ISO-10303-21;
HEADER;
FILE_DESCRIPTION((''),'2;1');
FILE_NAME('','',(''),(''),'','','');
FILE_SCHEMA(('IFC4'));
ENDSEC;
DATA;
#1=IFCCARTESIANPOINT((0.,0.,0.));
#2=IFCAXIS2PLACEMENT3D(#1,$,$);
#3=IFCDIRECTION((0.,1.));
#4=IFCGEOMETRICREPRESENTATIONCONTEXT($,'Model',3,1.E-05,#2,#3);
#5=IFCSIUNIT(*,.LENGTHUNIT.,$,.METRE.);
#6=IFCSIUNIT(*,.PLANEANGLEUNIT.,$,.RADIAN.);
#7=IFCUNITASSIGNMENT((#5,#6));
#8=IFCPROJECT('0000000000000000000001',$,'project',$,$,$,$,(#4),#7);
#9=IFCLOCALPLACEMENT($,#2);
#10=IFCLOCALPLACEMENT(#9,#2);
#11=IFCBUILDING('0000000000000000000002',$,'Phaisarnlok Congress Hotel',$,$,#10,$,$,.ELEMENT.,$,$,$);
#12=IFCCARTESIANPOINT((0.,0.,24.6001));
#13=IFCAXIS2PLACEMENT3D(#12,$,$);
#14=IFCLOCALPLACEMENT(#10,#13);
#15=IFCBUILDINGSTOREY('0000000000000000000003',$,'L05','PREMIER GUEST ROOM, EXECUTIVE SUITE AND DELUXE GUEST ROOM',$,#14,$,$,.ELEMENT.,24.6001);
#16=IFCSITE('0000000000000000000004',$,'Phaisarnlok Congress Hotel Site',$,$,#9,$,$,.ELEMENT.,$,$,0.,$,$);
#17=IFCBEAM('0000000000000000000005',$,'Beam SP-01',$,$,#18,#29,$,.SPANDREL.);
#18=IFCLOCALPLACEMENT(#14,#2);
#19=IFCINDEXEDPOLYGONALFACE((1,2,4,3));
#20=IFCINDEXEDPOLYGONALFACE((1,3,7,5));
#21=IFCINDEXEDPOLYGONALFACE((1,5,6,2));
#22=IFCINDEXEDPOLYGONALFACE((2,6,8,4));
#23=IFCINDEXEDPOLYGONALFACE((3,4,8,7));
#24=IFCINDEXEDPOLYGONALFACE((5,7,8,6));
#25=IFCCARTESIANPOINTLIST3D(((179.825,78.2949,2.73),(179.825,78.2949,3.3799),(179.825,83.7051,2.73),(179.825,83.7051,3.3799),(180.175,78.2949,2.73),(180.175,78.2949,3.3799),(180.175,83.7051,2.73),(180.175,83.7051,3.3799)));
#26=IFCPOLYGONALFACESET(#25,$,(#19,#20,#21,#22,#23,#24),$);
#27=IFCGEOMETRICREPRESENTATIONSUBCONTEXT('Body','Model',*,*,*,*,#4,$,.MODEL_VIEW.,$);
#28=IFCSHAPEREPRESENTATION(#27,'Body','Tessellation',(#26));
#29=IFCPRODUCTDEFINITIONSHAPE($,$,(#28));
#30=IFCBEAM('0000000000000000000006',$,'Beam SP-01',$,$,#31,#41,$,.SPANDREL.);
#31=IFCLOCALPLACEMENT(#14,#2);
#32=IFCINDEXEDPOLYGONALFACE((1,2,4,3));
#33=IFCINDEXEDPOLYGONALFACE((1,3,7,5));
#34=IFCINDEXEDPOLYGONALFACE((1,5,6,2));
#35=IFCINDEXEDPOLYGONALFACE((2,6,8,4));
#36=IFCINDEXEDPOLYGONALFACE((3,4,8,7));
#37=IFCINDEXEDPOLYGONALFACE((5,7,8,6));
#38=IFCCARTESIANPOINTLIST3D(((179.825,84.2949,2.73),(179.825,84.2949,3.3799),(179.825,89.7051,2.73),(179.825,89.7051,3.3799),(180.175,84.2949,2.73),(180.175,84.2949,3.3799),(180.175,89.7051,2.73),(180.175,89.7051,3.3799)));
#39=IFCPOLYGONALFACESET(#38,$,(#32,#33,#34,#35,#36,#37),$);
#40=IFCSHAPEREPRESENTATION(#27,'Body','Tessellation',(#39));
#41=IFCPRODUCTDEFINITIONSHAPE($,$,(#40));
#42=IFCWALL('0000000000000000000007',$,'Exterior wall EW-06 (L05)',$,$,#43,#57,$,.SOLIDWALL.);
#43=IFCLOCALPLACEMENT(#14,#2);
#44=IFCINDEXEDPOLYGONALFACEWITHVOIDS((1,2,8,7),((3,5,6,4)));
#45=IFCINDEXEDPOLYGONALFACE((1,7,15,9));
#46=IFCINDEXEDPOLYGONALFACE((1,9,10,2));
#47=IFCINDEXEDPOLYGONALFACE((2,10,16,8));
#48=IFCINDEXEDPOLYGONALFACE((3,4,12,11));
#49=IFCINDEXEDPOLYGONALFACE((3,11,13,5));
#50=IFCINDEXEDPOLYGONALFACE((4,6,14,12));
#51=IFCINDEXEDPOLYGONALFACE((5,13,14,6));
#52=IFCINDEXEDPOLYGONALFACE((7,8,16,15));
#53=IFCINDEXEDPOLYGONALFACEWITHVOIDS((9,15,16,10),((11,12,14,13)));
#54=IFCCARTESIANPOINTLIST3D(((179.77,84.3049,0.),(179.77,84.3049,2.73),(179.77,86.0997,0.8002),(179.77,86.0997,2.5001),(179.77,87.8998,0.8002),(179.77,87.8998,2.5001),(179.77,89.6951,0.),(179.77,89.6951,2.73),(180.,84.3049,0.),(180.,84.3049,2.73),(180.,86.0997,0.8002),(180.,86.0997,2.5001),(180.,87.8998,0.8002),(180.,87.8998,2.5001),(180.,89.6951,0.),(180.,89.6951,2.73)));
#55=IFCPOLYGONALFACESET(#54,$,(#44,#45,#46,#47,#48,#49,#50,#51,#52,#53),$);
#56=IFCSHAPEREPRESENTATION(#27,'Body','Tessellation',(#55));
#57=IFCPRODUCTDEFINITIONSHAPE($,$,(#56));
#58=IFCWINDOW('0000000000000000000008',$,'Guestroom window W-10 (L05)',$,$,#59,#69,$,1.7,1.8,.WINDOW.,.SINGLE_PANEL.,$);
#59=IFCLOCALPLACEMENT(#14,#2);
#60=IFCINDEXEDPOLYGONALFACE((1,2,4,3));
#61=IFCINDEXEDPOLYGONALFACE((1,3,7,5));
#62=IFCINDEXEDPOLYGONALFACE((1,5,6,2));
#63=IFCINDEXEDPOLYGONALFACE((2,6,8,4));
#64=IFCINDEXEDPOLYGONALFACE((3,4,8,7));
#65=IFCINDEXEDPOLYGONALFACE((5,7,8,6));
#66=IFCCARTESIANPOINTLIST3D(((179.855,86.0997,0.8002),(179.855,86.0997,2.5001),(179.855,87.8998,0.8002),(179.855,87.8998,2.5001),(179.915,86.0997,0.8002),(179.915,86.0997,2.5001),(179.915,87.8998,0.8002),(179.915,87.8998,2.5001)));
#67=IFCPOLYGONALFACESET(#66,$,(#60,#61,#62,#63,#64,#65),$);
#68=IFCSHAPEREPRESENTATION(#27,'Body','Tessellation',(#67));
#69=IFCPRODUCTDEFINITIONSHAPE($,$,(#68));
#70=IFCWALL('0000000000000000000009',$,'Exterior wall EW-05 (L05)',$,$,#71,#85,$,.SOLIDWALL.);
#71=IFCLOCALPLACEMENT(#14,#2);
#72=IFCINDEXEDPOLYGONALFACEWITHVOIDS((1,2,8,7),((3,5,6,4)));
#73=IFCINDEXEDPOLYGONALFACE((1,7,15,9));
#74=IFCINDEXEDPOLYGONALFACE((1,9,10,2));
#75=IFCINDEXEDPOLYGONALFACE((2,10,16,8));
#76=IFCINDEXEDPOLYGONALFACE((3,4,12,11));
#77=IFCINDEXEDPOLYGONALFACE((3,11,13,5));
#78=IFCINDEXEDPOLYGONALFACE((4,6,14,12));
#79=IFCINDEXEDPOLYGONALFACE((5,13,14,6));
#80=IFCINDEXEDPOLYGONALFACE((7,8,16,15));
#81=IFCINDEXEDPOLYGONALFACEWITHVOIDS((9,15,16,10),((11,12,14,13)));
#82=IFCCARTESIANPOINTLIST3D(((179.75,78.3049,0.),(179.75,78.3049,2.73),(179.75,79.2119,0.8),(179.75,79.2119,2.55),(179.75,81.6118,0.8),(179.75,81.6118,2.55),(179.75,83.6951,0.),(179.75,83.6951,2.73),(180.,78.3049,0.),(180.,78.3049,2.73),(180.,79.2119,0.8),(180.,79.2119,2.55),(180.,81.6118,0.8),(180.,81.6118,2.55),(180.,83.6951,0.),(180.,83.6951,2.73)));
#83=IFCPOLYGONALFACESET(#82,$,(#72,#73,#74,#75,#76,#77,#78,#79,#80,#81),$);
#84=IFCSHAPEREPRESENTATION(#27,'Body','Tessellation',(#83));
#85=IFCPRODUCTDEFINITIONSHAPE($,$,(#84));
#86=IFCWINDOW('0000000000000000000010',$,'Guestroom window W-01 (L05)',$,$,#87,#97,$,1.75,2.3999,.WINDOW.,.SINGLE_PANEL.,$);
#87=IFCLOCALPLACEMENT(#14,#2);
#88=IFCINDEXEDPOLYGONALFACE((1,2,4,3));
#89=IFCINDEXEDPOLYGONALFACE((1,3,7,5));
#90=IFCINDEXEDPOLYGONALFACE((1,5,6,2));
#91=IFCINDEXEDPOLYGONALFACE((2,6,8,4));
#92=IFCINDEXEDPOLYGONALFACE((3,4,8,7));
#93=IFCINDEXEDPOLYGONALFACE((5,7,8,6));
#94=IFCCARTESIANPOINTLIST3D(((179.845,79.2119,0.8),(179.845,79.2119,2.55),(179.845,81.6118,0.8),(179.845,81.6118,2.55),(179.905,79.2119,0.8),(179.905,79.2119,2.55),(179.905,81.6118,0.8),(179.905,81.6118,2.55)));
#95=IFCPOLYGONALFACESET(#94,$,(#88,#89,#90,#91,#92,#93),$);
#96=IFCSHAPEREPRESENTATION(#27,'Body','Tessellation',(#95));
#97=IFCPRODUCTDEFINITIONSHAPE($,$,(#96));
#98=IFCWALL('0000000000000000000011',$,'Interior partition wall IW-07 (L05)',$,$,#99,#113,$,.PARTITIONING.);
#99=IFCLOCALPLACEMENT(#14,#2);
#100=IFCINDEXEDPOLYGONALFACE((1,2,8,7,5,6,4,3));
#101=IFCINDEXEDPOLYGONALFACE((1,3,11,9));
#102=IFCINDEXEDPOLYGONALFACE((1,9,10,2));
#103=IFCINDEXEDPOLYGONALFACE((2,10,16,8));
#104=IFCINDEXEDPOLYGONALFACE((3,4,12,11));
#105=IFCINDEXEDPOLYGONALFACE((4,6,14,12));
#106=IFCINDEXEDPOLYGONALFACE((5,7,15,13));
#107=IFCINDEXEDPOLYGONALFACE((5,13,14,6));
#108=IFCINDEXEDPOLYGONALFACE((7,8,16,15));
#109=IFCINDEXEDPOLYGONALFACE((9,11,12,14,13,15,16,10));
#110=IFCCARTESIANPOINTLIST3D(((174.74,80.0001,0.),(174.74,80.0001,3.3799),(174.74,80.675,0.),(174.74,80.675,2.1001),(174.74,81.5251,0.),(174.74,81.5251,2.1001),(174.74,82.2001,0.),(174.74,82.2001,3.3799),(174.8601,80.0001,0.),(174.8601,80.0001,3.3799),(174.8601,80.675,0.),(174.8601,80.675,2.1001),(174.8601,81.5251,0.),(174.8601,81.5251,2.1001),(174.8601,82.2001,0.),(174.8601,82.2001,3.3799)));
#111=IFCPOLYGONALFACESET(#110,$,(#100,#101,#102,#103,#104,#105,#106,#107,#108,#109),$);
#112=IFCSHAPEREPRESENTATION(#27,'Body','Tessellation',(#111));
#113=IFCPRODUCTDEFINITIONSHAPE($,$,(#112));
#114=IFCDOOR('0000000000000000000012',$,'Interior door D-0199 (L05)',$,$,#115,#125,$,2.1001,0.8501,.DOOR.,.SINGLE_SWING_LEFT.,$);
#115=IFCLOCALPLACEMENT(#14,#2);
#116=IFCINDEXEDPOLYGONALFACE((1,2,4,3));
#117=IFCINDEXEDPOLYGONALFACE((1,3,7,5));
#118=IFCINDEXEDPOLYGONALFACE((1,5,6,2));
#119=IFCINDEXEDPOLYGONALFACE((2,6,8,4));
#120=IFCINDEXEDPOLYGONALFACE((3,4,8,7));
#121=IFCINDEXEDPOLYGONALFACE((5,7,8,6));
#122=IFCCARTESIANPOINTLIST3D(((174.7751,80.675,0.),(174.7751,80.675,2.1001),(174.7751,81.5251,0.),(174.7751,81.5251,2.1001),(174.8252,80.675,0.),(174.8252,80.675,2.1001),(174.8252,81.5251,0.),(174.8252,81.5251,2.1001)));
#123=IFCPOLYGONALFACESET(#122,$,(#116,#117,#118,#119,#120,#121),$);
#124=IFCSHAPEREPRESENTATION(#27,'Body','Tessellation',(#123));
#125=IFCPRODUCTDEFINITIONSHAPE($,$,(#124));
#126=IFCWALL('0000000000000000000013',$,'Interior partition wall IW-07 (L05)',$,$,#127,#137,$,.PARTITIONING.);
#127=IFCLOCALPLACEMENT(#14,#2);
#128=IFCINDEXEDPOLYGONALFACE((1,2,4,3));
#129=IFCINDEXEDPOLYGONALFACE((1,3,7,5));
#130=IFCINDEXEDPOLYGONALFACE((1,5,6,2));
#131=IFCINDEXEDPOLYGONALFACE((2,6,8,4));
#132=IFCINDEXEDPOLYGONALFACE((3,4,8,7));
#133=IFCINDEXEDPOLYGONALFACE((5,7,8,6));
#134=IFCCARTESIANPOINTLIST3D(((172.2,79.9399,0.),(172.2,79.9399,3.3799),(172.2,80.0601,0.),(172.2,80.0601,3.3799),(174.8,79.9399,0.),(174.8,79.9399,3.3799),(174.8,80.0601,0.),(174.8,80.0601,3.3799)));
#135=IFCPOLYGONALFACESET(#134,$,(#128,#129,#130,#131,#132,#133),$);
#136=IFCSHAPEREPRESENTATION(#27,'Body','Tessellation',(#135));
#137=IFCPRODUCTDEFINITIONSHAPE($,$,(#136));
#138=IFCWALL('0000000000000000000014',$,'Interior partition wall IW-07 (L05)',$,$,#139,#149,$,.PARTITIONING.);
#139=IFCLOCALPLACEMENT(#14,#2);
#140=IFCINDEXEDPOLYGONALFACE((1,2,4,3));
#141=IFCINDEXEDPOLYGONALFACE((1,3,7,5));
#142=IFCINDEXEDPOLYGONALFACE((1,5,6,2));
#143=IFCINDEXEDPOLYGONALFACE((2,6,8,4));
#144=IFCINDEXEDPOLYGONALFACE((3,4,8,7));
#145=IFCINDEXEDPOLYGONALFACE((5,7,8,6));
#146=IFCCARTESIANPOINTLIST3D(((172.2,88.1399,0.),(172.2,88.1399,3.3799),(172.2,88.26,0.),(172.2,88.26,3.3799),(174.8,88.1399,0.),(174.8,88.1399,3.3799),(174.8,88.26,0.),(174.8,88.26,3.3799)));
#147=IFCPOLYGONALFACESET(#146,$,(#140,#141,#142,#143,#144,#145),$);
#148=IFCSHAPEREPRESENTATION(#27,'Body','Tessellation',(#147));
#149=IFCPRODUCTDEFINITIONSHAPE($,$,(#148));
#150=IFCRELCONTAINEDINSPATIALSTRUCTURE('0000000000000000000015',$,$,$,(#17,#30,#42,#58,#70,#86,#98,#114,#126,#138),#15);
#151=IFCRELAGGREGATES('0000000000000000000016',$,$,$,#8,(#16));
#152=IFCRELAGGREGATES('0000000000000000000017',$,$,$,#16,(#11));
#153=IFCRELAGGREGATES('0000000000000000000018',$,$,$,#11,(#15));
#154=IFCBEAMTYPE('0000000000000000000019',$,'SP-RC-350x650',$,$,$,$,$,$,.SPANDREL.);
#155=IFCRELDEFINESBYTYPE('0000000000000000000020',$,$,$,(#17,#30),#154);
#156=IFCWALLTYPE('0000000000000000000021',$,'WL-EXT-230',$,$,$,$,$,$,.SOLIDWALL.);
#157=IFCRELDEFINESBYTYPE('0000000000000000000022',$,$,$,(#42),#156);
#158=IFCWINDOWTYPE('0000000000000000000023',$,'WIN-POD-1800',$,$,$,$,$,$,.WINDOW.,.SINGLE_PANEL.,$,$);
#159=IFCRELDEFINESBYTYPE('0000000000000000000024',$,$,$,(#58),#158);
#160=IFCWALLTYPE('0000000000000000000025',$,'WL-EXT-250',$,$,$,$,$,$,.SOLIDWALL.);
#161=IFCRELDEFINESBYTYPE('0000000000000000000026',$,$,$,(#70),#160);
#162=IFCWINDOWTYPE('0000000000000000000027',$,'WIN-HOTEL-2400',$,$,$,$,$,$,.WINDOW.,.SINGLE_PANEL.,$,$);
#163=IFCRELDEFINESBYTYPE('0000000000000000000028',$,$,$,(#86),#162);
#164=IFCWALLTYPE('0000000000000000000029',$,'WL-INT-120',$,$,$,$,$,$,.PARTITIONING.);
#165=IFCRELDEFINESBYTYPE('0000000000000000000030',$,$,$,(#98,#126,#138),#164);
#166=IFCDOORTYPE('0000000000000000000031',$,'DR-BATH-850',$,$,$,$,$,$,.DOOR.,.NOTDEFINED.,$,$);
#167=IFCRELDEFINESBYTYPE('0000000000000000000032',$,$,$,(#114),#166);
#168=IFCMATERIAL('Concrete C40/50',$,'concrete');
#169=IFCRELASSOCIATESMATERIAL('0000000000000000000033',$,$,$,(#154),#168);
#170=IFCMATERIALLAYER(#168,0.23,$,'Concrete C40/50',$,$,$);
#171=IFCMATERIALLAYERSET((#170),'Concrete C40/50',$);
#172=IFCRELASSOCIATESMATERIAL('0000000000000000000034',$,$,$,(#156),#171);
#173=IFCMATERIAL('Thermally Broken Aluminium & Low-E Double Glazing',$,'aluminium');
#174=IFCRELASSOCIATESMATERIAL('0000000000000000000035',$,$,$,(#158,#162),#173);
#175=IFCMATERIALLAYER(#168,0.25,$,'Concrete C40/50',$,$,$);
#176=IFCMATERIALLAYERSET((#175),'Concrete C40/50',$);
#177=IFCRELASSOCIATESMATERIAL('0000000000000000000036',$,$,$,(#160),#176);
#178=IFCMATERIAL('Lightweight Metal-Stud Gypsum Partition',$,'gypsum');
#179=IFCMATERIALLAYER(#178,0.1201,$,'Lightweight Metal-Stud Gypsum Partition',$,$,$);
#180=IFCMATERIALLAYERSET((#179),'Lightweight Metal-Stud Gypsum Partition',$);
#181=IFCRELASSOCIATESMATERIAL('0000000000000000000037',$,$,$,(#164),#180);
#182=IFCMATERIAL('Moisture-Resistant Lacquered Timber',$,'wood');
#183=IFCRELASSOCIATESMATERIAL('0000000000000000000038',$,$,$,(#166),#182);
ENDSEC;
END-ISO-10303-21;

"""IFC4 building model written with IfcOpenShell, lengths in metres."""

from ifc_helpers import new_model, si_unit, direction, frame, frame_2d, origin, origin_2d, place, context, subcontext, project, spatial, rectangle, extrude, material, layer, layer_set, material_profile, profile_set, type_object, element, fill, save


model = new_model("IFC4")

# Units and contexts
model_context = context("Model", 3, precision=1e-05, world=origin(), true_north=direction((0.0, 1.0)))
body_context = subcontext(model_context, "Body", "Model", "MODEL_VIEW")
ifc_project = project(units=[si_unit("LENGTHUNIT", "METRE"), si_unit("PLANEANGLEUNIT", "RADIAN")], contexts=[model_context])

# Site, building, storey
site_placement = place(None, origin())
site = spatial("IfcSite", under=ifc_project, at=site_placement, Name="Phaisarnlok Congress Hotel Site", CompositionType="ELEMENT", RefElevation=0.0)
building_placement = place(site_placement, origin())
building = spatial("IfcBuilding", under=site, at=building_placement, Name="Phaisarnlok Congress Hotel", CompositionType="ELEMENT")
storey_placement = place(building_placement, frame((0.0, 0.0, 24.6001)))
storey = spatial("IfcBuildingStorey", under=building, at=storey_placement, Name="L05", Description="PREMIER GUEST ROOM, EXECUTIVE SUITE AND DELUXE GUEST ROOM", CompositionType="ELEMENT", Elevation=24.6001)

# Beams
ifc_material_1 = material(Name="Concrete C40/50", Category="concrete")
ifc_material_profile_1 = material_profile(ifc_material_1, rectangle(XDim=0.3501, YDim=0.6499, at=origin_2d()), Name="RC 350x650")
ifc_profile_set_1 = profile_set([ifc_material_profile_1], Name="Concrete C40/50")
beam_type_1 = type_object("IfcBeamType", Name="SP-RC-350x650", PredefinedType="SPANDREL", material=ifc_profile_set_1)
for number, where, z_axis, x_axis, name in (
    (1, (180.0, 78.2949, 3.0549), (0.0, 1.0, 0.0), (-1.0, 0.0, 0.0), "Beam SP-01"),
    (2, (180.0, 84.2949, 3.0549), (0.0, 1.0, 0.0), (-1.0, 0.0, 0.0), "Beam SP-01"),
):
    element("IfcBeam", number, at=place(storey_placement, frame(where, z_axis=z_axis, x_axis=x_axis)), inside=storey, type_object=beam_type_1, Name=name, PredefinedType="SPANDREL", context=body_context, shape_type="SweptSolid", body=[
        extrude(rectangle(XDim=0.3501, YDim=0.6499, at=origin_2d()), origin(), (0.0, 0.0, 1.0), 5.4102),
    ])

# Walls, openings, windows
ifc_layer_1 = layer(ifc_material_1, 0.23, Name="Concrete C40/50")
ifc_layer_set_1 = layer_set([ifc_layer_1], Name="Concrete C40/50")
wall_type_1 = type_object("IfcWallType", Name="WL-EXT-230", PredefinedType="SOLIDWALL", material=ifc_layer_set_1)
wall_1_placement = place(storey_placement, frame((179.885, 84.3049, 0.0), z_axis=(0.0, 0.0, 1.0), x_axis=(0.0, 1.0, 0.0)))
wall_1 = element("IfcWall", 3, at=wall_1_placement, inside=storey, type_object=wall_type_1, Name="Exterior wall EW-06 (L05)", PredefinedType="SOLIDWALL", context=body_context, shape_type="SweptSolid", body=[
    extrude(rectangle(XDim=5.3901, YDim=0.23, at=frame_2d((2.6951, 0.0))), origin(), (0.0, 0.0, 1.0), 2.73),
])
opening_1_placement = place(wall_1_placement, frame((1.7949, 0.0, 0.8)))
opening_1 = element("IfcOpeningElement", 4, at=opening_1_placement, cuts=wall_1, PredefinedType="OPENING", context=body_context, shape_type="SweptSolid", body=[
    extrude(rectangle(XDim=1.8, YDim=1.7, at=frame_2d((0.8999, 0.8501))), frame((0.0, 0.125, 0.0), z_axis=(0.0, -1.0, 0.0), x_axis=(1.0, 0.0, 0.0)), (0.0, 0.0, 1.0), 0.25),
])
ifc_material_2 = material(Name="Thermally Broken Aluminium & Low-E Double Glazing", Category="aluminium")
window_type_1 = type_object("IfcWindowType", Name="WIN-POD-1800", PartitioningType="SINGLE_PANEL", PredefinedType="WINDOW", material=ifc_material_2)
window_1_placement = place(opening_1_placement, origin())
window_1 = element("IfcWindow", 5, at=window_1_placement, inside=storey, type_object=window_type_1, Name="Guestroom window W-10 (L05)", OverallHeight=1.7, OverallWidth=1.8, PartitioningType="SINGLE_PANEL", PredefinedType="WINDOW", context=body_context, shape_type="SweptSolid", body=[
    extrude(rectangle(XDim=1.8, YDim=1.7, at=frame_2d((0.8999, 0.8501))), frame((0.0, 0.03, 0.0), z_axis=(0.0, -1.0, 0.0), x_axis=(1.0, 0.0, 0.0)), (0.0, 0.0, 1.0), 0.0601),
])
fill(opening_1, window_1)
ifc_layer_2 = layer(ifc_material_1, 0.25, Name="Concrete C40/50")
ifc_layer_set_2 = layer_set([ifc_layer_2], Name="Concrete C40/50")
wall_type_2 = type_object("IfcWallType", Name="WL-EXT-250", PredefinedType="SOLIDWALL", material=ifc_layer_set_2)
wall_2_placement = place(storey_placement, frame((179.875, 78.3049, 0.0), z_axis=(0.0, 0.0, 1.0), x_axis=(0.0, 1.0, 0.0)))
wall_2 = element("IfcWall", 6, at=wall_2_placement, inside=storey, type_object=wall_type_2, Name="Exterior wall EW-05 (L05)", PredefinedType="SOLIDWALL", context=body_context, shape_type="SweptSolid", body=[
    extrude(rectangle(XDim=5.3901, YDim=0.25, at=frame_2d((2.6951, 0.0))), origin(), (0.0, 0.0, 1.0), 2.73),
])
opening_2_placement = place(wall_2_placement, frame((0.907, 0.0, 0.8)))
opening_2 = element("IfcOpeningElement", 7, at=opening_2_placement, cuts=wall_2, PredefinedType="OPENING", context=body_context, shape_type="SweptSolid", body=[
    extrude(rectangle(XDim=2.3999, YDim=1.75, at=frame_2d((1.2, 0.875))), frame((0.0, 0.135, 0.0), z_axis=(0.0, -1.0, 0.0), x_axis=(1.0, 0.0, 0.0)), (0.0, 0.0, 1.0), 0.27),
])
window_type_2 = type_object("IfcWindowType", Name="WIN-HOTEL-2400", PartitioningType="SINGLE_PANEL", PredefinedType="WINDOW", material=ifc_material_2)
window_2_placement = place(opening_2_placement, origin())
window_2 = element("IfcWindow", 8, at=window_2_placement, inside=storey, type_object=window_type_2, Name="Guestroom window W-01 (L05)", OverallHeight=1.75, OverallWidth=2.3999, PartitioningType="SINGLE_PANEL", PredefinedType="WINDOW", context=body_context, shape_type="SweptSolid", body=[
    extrude(rectangle(XDim=2.3999, YDim=1.75, at=frame_2d((1.2, 0.875))), frame((0.0, 0.03, 0.0), z_axis=(0.0, -1.0, 0.0), x_axis=(1.0, 0.0, 0.0)), (0.0, 0.0, 1.0), 0.0601),
])
fill(opening_2, window_2)

# Wall, opening, door
ifc_material_3 = material(Name="Lightweight Metal-Stud Gypsum Partition", Category="gypsum")
ifc_layer_3 = layer(ifc_material_3, 0.1201, Name="Lightweight Metal-Stud Gypsum Partition")
ifc_layer_set_3 = layer_set([ifc_layer_3], Name="Lightweight Metal-Stud Gypsum Partition")
wall_type_3 = type_object("IfcWallType", Name="WL-INT-120", PredefinedType="PARTITIONING", material=ifc_layer_set_3)
wall_3_placement = place(storey_placement, frame((174.8, 80.0, 0.0), z_axis=(0.0, 0.0, 1.0), x_axis=(0.0, 1.0, 0.0)))
wall_3 = element("IfcWall", 9, at=wall_3_placement, inside=storey, type_object=wall_type_3, Name="Interior partition wall IW-07 (L05)", PredefinedType="PARTITIONING", context=body_context, shape_type="SweptSolid", body=[
    extrude(rectangle(XDim=2.2, YDim=0.1201, at=frame_2d((1.1001, 0.0))), origin(), (0.0, 0.0, 1.0), 3.3799),
])
opening_3_placement = place(wall_3_placement, frame((0.675, 0.0, 0.0)))
opening_3 = element("IfcOpeningElement", 10, at=opening_3_placement, cuts=wall_3, PredefinedType="OPENING", context=body_context, shape_type="SweptSolid", body=[
    extrude(rectangle(XDim=0.8501, YDim=2.1001, at=frame_2d((0.425, 1.05))), frame((0.0, 0.0701, 0.0), z_axis=(0.0, -1.0, 0.0), x_axis=(1.0, 0.0, 0.0)), (0.0, 0.0, 1.0), 0.1401),
])
ifc_material_4 = material(Name="Moisture-Resistant Lacquered Timber", Category="wood")
door_type = type_object("IfcDoorType", Name="DR-BATH-850", OperationType="NOTDEFINED", PredefinedType="DOOR", material=ifc_material_4)
door_1_placement = place(opening_3_placement, origin())
door_1 = element("IfcDoor", 11, at=door_1_placement, inside=storey, type_object=door_type, Name="Interior door D-0199 (L05)", OperationType="SINGLE_SWING_LEFT", OverallHeight=2.1001, OverallWidth=0.8501, PredefinedType="DOOR", context=body_context, shape_type="SweptSolid", body=[
    extrude(rectangle(XDim=0.8501, YDim=2.1001, at=frame_2d((0.425, 1.05))), frame((0.0, 0.0249, 0.0), z_axis=(0.0, -1.0, 0.0), x_axis=(1.0, 0.0, 0.0)), (0.0, 0.0, 1.0), 0.05),
])
fill(opening_3, door_1)

# Walls
for number, where, z_axis, x_axis, name in (
    (12, (172.2, 80.0, 0.0), (0.0, 0.0, 1.0), (1.0, 0.0, 0.0), "Interior partition wall IW-07 (L05)"),
    (13, (172.2, 88.2, 0.0), (0.0, 0.0, 1.0), (1.0, 0.0, 0.0), "Interior partition wall IW-07 (L05)"),
):
    element("IfcWall", number, at=place(storey_placement, frame(where, z_axis=z_axis, x_axis=x_axis)), inside=storey, type_object=wall_type_3, Name=name, PredefinedType="PARTITIONING", context=body_context, shape_type="SweptSolid", body=[
        extrude(rectangle(XDim=2.6001, YDim=0.1201, at=frame_2d((1.3, 0.0))), origin(), (0.0, 0.0, 1.0), 3.3799),
    ])

save(model, "model.ifc")
